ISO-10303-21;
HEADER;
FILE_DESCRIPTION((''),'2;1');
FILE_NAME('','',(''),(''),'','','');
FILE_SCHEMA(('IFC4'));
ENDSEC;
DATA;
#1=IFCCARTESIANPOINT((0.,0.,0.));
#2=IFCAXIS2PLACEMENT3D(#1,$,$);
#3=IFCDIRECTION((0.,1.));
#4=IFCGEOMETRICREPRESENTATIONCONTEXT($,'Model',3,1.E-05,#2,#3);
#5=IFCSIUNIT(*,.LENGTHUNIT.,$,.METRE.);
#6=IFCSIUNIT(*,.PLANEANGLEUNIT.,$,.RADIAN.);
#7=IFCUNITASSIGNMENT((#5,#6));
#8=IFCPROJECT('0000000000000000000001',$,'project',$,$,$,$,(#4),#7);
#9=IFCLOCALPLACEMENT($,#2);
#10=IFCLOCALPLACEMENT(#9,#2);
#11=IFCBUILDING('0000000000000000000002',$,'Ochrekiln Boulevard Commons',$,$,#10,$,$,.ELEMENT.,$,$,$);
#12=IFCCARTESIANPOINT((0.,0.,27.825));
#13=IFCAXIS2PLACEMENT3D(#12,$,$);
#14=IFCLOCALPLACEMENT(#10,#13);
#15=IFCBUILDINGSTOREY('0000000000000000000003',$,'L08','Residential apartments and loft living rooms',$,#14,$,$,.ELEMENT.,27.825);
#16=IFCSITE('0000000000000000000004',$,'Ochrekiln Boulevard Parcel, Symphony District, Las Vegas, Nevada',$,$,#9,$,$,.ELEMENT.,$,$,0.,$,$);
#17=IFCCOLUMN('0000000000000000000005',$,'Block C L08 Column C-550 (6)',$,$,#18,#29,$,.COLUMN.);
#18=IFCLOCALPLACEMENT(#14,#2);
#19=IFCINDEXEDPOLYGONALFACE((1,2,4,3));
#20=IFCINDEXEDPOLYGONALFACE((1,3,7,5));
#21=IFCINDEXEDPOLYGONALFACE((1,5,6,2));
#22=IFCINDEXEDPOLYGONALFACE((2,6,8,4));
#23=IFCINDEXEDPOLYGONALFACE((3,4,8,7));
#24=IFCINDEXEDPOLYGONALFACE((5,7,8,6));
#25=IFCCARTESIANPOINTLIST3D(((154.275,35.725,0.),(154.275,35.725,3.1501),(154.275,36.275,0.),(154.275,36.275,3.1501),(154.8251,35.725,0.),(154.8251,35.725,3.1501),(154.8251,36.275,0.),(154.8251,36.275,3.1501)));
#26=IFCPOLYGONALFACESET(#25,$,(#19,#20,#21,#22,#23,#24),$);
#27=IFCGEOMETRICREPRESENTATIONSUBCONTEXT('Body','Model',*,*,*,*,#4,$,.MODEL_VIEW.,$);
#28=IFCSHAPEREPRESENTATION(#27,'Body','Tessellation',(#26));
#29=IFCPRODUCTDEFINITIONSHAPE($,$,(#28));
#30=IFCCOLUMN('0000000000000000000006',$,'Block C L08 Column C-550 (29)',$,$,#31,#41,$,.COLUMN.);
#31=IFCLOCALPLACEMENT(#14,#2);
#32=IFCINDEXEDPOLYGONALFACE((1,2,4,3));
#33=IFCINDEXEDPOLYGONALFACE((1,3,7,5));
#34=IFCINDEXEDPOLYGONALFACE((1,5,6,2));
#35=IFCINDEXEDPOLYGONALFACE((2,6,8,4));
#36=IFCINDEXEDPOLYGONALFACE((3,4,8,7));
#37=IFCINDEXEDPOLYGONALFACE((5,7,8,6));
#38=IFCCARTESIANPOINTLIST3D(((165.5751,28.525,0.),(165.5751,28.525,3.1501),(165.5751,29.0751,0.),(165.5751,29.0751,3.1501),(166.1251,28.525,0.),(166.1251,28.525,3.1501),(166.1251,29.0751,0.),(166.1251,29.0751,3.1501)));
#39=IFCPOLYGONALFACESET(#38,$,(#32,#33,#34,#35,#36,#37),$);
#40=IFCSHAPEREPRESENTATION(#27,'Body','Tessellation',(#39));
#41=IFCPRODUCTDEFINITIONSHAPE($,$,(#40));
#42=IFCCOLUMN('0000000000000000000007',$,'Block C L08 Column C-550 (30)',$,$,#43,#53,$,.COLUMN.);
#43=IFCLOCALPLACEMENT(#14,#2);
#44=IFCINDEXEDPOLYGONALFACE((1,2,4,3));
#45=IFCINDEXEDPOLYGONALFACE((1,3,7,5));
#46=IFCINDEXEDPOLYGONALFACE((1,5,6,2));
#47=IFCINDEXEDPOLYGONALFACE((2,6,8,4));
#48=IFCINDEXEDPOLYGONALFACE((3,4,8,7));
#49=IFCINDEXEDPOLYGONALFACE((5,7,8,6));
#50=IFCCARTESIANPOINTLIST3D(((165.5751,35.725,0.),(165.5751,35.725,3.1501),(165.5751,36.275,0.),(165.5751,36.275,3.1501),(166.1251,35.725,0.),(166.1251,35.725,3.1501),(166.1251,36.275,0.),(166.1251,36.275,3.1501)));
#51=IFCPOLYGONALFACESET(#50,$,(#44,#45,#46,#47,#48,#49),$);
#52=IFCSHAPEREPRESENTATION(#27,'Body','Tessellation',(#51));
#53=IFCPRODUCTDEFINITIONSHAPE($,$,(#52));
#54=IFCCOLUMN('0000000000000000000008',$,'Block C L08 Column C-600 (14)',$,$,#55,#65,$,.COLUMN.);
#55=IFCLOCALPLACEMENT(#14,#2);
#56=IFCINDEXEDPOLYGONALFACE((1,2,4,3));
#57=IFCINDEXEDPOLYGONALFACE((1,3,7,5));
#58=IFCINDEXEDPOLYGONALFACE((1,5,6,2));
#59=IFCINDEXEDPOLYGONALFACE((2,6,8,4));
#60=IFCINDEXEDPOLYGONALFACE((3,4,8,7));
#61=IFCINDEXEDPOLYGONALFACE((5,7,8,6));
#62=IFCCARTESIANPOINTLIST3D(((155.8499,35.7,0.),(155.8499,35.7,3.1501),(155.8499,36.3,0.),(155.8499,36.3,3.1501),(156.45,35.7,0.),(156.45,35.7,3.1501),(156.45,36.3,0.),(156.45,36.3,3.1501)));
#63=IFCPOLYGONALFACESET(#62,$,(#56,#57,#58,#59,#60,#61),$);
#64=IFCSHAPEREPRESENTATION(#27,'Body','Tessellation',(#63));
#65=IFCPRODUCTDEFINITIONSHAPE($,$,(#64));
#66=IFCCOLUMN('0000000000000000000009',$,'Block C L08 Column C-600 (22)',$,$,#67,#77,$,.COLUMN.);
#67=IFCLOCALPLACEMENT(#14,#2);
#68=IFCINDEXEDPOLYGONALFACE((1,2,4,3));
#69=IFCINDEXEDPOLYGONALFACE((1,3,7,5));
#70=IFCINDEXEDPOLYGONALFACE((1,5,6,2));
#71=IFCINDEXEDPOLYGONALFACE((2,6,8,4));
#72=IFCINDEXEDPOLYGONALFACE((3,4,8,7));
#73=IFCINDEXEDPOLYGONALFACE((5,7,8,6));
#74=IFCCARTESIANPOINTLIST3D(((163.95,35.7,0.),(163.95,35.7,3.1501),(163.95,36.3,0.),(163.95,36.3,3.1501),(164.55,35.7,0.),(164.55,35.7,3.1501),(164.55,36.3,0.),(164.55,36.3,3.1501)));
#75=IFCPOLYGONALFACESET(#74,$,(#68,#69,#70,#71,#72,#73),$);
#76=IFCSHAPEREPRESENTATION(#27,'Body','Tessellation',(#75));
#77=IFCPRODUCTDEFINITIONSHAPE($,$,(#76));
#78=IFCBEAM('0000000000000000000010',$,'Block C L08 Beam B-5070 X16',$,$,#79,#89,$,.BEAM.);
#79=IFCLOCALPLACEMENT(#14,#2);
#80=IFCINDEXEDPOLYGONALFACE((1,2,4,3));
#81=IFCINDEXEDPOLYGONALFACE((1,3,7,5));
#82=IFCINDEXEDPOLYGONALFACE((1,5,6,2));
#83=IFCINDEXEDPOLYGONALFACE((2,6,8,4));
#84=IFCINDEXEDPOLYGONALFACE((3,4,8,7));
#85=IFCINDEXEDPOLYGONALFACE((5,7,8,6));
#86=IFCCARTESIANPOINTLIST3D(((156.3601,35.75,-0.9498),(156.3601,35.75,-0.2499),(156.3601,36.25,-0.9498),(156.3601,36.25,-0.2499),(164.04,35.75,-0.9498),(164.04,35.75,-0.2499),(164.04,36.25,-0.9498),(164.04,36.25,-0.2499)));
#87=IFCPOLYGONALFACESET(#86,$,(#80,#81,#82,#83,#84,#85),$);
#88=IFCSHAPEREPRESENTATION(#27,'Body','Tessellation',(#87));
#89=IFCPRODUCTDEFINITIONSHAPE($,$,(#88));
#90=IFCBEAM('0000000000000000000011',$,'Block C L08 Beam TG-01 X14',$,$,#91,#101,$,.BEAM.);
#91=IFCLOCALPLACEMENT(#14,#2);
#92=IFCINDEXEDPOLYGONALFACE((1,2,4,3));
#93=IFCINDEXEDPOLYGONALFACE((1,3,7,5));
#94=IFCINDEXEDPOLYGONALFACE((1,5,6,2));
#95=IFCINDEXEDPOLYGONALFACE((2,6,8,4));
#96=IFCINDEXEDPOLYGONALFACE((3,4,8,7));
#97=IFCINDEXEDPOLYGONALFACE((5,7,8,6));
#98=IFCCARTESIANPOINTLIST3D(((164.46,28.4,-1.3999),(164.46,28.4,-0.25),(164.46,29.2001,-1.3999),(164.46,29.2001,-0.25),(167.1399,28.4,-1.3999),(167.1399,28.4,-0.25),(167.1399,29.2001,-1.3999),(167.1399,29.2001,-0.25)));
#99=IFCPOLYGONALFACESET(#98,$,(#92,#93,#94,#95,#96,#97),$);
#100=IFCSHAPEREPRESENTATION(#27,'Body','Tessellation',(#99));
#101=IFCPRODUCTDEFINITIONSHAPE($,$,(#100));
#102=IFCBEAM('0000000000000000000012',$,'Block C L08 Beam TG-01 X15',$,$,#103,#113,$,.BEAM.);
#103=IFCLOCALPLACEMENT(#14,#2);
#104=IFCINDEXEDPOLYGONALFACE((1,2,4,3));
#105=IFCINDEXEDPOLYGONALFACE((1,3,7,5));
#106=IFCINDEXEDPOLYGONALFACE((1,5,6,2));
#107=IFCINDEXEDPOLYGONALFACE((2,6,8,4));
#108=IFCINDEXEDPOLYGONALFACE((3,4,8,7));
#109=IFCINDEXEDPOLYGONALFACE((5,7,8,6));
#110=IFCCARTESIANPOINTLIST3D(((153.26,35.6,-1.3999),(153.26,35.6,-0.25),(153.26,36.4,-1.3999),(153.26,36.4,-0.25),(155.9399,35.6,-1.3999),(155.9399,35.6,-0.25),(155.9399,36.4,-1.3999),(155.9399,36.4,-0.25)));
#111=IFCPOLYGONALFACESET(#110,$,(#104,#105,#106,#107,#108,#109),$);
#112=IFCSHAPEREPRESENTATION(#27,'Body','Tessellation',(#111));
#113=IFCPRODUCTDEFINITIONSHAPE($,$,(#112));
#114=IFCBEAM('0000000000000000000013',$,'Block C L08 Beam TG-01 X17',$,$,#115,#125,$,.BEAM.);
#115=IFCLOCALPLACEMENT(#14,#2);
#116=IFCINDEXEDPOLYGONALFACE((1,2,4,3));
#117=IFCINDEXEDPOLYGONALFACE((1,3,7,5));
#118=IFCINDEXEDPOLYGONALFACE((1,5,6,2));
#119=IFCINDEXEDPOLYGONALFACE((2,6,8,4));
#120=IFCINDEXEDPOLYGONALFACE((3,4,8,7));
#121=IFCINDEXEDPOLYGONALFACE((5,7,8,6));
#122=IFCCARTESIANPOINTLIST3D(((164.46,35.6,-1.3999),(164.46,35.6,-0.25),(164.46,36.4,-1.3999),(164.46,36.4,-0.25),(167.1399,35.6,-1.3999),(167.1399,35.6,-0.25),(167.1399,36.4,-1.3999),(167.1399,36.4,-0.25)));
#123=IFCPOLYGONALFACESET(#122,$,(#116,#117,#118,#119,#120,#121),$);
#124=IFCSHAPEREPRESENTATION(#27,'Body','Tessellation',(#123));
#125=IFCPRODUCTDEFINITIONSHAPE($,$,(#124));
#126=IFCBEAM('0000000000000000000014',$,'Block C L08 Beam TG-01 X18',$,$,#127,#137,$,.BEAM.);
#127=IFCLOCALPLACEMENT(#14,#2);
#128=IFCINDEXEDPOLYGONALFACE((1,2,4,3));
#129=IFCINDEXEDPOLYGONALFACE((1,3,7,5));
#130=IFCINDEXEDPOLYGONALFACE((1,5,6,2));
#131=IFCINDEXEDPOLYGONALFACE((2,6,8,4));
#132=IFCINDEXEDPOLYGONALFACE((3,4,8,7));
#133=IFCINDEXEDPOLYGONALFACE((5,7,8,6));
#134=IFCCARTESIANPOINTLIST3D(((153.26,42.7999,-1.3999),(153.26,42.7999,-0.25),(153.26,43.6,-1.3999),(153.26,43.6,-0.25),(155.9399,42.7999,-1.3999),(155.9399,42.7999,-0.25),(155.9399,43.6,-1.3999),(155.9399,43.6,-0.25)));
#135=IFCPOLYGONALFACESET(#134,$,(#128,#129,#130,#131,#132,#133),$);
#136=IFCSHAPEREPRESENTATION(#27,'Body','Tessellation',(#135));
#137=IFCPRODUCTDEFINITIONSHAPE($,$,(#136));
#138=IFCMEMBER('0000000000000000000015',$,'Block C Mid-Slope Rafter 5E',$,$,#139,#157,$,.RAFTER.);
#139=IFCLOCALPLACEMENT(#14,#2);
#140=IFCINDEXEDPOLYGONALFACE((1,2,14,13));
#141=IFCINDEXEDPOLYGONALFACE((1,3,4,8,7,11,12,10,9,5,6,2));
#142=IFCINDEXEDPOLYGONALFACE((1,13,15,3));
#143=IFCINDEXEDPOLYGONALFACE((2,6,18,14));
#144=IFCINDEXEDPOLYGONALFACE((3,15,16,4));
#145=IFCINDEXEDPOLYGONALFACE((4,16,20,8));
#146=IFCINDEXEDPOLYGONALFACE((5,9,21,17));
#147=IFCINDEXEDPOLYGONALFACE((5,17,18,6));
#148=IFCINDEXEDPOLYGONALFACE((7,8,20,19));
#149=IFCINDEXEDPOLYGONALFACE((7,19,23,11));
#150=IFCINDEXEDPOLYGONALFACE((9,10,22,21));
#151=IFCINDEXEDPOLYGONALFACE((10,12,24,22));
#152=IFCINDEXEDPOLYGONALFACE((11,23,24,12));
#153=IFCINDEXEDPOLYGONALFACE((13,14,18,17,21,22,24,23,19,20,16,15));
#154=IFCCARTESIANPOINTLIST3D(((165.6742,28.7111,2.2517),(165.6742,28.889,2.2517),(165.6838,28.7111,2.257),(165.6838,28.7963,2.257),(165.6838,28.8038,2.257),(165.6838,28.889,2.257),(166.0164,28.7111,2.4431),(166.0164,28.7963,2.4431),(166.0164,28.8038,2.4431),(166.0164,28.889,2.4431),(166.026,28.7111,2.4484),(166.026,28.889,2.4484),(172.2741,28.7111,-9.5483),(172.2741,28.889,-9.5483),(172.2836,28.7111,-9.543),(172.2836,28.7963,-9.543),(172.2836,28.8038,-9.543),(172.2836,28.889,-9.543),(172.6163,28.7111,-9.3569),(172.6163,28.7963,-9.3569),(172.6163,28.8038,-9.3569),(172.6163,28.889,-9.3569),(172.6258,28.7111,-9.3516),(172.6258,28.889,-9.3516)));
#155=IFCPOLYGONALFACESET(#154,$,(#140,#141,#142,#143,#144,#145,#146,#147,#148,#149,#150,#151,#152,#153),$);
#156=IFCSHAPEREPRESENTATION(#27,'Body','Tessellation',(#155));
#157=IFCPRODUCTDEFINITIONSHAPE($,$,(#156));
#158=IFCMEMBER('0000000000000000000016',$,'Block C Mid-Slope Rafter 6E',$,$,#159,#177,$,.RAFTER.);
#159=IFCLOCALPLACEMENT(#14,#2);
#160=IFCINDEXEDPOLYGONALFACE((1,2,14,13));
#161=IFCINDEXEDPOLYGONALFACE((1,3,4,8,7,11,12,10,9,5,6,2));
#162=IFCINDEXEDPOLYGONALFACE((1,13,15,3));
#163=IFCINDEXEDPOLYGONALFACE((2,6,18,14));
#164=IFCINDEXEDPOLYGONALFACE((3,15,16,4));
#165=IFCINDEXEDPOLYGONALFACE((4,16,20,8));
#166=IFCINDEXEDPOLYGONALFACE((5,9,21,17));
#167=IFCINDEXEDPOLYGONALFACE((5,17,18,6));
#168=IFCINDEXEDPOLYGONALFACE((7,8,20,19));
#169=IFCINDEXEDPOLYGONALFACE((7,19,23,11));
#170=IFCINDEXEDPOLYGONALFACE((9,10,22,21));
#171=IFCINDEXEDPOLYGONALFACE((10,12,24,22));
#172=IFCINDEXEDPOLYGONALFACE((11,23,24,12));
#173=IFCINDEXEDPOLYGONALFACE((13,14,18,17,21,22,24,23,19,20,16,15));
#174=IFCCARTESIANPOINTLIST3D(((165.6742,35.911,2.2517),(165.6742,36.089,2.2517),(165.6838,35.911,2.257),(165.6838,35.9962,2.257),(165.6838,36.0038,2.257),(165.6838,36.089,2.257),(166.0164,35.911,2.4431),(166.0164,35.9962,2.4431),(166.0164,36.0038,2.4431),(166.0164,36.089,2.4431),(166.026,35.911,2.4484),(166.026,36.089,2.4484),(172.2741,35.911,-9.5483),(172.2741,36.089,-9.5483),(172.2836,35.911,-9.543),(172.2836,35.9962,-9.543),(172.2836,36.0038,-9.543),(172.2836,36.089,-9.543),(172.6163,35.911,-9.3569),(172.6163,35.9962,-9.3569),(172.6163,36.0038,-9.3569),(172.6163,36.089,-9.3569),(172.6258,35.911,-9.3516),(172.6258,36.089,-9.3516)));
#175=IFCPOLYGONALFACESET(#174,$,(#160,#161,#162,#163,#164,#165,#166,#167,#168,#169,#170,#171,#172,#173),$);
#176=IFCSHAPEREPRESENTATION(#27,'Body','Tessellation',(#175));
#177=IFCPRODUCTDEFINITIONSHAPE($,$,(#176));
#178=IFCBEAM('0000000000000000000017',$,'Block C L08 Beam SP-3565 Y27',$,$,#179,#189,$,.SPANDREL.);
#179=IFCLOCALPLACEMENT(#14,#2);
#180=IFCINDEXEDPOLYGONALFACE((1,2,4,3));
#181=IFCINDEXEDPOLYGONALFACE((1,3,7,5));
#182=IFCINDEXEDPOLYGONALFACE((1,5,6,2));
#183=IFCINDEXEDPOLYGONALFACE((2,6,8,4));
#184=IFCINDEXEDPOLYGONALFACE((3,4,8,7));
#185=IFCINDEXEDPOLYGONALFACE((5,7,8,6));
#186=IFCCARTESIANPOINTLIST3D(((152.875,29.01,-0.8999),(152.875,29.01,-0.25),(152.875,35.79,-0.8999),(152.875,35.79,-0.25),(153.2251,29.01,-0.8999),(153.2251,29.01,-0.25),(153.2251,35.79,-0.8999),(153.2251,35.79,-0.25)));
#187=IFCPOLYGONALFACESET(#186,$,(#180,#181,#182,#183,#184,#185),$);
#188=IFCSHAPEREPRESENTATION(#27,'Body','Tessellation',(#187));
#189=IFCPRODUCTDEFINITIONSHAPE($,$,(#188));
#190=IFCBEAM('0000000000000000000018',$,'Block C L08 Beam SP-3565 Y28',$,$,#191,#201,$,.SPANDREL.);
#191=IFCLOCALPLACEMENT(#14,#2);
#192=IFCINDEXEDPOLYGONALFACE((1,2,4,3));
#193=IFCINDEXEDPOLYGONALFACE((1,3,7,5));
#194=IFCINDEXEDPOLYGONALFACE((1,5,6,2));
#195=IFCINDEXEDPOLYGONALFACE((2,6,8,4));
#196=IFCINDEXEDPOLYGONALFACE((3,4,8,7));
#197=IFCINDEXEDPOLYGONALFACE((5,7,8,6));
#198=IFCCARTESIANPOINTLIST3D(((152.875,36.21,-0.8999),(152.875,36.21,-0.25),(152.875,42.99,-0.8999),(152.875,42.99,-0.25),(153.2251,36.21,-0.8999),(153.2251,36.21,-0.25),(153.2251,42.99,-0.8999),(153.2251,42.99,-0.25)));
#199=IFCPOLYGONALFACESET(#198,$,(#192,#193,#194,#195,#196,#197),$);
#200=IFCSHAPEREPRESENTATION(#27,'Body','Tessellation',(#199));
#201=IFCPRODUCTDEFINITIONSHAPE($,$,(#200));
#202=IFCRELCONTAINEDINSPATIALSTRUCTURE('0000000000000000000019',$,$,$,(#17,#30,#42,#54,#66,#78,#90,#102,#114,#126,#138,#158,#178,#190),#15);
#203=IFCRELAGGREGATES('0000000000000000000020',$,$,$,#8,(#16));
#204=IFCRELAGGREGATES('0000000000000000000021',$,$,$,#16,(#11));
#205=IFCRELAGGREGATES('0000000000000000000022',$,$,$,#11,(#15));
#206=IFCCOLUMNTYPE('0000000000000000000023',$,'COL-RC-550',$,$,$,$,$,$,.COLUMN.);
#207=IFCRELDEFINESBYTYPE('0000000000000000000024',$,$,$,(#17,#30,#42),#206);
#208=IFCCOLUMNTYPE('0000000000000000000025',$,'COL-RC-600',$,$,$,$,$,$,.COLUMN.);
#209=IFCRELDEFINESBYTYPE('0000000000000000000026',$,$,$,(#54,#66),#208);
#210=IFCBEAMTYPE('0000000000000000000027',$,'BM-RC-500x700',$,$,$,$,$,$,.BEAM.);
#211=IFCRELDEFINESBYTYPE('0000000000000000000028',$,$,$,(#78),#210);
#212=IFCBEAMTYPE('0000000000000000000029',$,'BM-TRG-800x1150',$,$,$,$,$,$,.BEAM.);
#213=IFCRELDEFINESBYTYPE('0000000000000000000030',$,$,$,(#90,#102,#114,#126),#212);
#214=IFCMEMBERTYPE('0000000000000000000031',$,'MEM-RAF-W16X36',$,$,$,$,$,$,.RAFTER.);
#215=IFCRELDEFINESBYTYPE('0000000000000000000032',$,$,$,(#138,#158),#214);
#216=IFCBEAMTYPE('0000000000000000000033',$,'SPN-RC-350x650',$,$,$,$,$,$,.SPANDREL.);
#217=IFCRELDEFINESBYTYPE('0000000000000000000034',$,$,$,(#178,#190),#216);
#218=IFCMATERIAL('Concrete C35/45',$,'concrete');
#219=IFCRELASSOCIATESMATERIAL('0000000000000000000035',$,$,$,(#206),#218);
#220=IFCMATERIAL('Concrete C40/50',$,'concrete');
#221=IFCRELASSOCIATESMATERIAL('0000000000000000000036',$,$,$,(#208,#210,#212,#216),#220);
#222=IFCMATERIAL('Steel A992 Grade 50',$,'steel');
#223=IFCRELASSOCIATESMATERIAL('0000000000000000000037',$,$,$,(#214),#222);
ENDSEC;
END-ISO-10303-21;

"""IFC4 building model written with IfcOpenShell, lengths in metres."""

from ifc_helpers import new_model, si_unit, direction, frame, origin, origin_2d, place, context, subcontext, project, spatial, rectangle, i_section, extrude, material, material_profile, profile_set, type_object, element, save


model = new_model("IFC4")

# Units and contexts
model_context = context("Model", 3, precision=1e-05, world=origin(), true_north=direction((0.0, 1.0)))
body_context = subcontext(model_context, "Body", "Model", "MODEL_VIEW")
ifc_project = project(units=[si_unit("LENGTHUNIT", "METRE"), si_unit("PLANEANGLEUNIT", "RADIAN")], contexts=[model_context])

# Site, building, storey
site_placement = place(None, origin())
site = spatial("IfcSite", under=ifc_project, at=site_placement, Name="Ochrekiln Boulevard Parcel, Symphony District, Las Vegas, Nevada", CompositionType="ELEMENT", RefElevation=0.0)
building_placement = place(site_placement, origin())
building = spatial("IfcBuilding", under=site, at=building_placement, Name="Ochrekiln Boulevard Commons", CompositionType="ELEMENT")
storey_placement = place(building_placement, frame((0.0, 0.0, 27.825)))
storey = spatial("IfcBuildingStorey", under=building, at=storey_placement, Name="L08", Description="Residential apartments and loft living rooms", CompositionType="ELEMENT", Elevation=27.825)

# Columns
ifc_material_1 = material(Name="Concrete C35/45", Category="concrete")
ifc_material_profile_1 = material_profile(ifc_material_1, rectangle(XDim=0.55, YDim=0.55, at=origin_2d()), Name="RC-COL-550x550")
ifc_profile_set_1 = profile_set([ifc_material_profile_1], Name="Concrete C35/45")
column_type_1 = type_object("IfcColumnType", Name="COL-RC-550", PredefinedType="COLUMN", material=ifc_profile_set_1)
for number, where, z_axis, x_axis, name in (
    (1, (154.55, 36.0, 0.0), (0.0, 0.0, 1.0), (1.0, 0.0, 0.0), "Block C L08 Column C-550 (6)"),
    (2, (165.8501, 28.8, 0.0), (0.0, 0.0, 1.0), (1.0, 0.0, 0.0), "Block C L08 Column C-550 (29)"),
    (3, (165.8501, 36.0, 0.0), (0.0, 0.0, 1.0), (1.0, 0.0, 0.0), "Block C L08 Column C-550 (30)"),
):
    element("IfcColumn", number, at=place(storey_placement, frame(where, z_axis=z_axis, x_axis=x_axis)), inside=storey, type_object=column_type_1, Name=name, PredefinedType="COLUMN", context=body_context, shape_type="SweptSolid", body=[
        extrude(rectangle(XDim=0.55, YDim=0.55, at=origin_2d()), origin(), (0.0, 0.0, 1.0), 3.1501),
    ])
ifc_material_2 = material(Name="Concrete C40/50", Category="concrete")
ifc_material_profile_2 = material_profile(ifc_material_2, rectangle(XDim=0.6001, YDim=0.6001, at=origin_2d()), Name="RC-COL-600x600")
ifc_profile_set_2 = profile_set([ifc_material_profile_2], Name="Concrete C40/50")
column_type_2 = type_object("IfcColumnType", Name="COL-RC-600", PredefinedType="COLUMN", material=ifc_profile_set_2)
for number, where, z_axis, x_axis, name in (
    (4, (156.1499, 36.0, 0.0), (0.0, 0.0, 1.0), (1.0, 0.0, 0.0), "Block C L08 Column C-600 (14)"),
    (5, (164.25, 36.0, 0.0), (0.0, 0.0, 1.0), (1.0, 0.0, 0.0), "Block C L08 Column C-600 (22)"),
):
    element("IfcColumn", number, at=place(storey_placement, frame(where, z_axis=z_axis, x_axis=x_axis)), inside=storey, type_object=column_type_2, Name=name, PredefinedType="COLUMN", context=body_context, shape_type="SweptSolid", body=[
        extrude(rectangle(XDim=0.6001, YDim=0.6001, at=origin_2d()), origin(), (0.0, 0.0, 1.0), 3.1501),
    ])

# Beams
ifc_material_profile_3 = material_profile(ifc_material_2, rectangle(XDim=0.5, YDim=0.7, at=origin_2d()), Name="RC-BM-500x700")
ifc_profile_set_3 = profile_set([ifc_material_profile_3], Name="Concrete C40/50")
beam_type_1 = type_object("IfcBeamType", Name="BM-RC-500x700", PredefinedType="BEAM", material=ifc_profile_set_3)
beam_placement = place(storey_placement, frame((156.3601, 36.0, -0.5999), z_axis=(1.0, 0.0, 0.0), x_axis=(0.0, 1.0, 0.0)))
element("IfcBeam", 6, at=beam_placement, inside=storey, type_object=beam_type_1, Name="Block C L08 Beam B-5070 X16", PredefinedType="BEAM", context=body_context, shape_type="SweptSolid", body=[
    extrude(rectangle(XDim=0.5, YDim=0.7, at=origin_2d()), origin(), (0.0, 0.0, 1.0), 7.6799),
])
ifc_material_profile_4 = material_profile(ifc_material_2, rectangle(XDim=0.8, YDim=1.1499, at=origin_2d()), Name="RC-TRG-800x1150")
ifc_profile_set_4 = profile_set([ifc_material_profile_4], Name="Concrete C40/50")
beam_type_2 = type_object("IfcBeamType", Name="BM-TRG-800x1150", PredefinedType="BEAM", material=ifc_profile_set_4)
for number, where, z_axis, x_axis, name in (
    (7, (164.46, 28.8, -0.825), (1.0, 0.0, 0.0), (0.0, 1.0, 0.0), "Block C L08 Beam TG-01 X14"),
    (8, (153.26, 36.0, -0.825), (1.0, 0.0, 0.0), (0.0, 1.0, 0.0), "Block C L08 Beam TG-01 X15"),
    (9, (164.46, 36.0, -0.825), (1.0, 0.0, 0.0), (0.0, 1.0, 0.0), "Block C L08 Beam TG-01 X17"),
    (10, (153.26, 43.2, -0.825), (1.0, 0.0, 0.0), (0.0, 1.0, 0.0), "Block C L08 Beam TG-01 X18"),
):
    element("IfcBeam", number, at=place(storey_placement, frame(where, z_axis=z_axis, x_axis=x_axis)), inside=storey, type_object=beam_type_2, Name=name, PredefinedType="BEAM", context=body_context, shape_type="SweptSolid", body=[
        extrude(rectangle(XDim=0.8, YDim=1.1499, at=origin_2d()), origin(), (0.0, 0.0, 1.0), 2.6799),
    ])

# Members
ifc_material_3 = material(Name="Steel A992 Grade 50", Category="steel")
ifc_material_profile_5 = material_profile(ifc_material_3, i_section(OverallWidth=0.178, OverallDepth=0.4031, WebThickness=0.0076, FlangeThickness=0.011, at=origin_2d()), Name="W16X36")
ifc_profile_set_5 = profile_set([ifc_material_profile_5], Name="Steel A992 Grade 50")
member_type = type_object("IfcMemberType", Name="MEM-RAF-W16X36", PredefinedType="RAFTER", material=ifc_profile_set_5)
for number, where, z_axis, x_axis, name in (
    (11, (172.45, 28.8, -9.45), (-0.488143, 0.0, 0.872764), (0.0, -1.0, 0.0), "Block C Mid-Slope Rafter 5E"),
    (12, (172.45, 36.0, -9.45), (-0.488143, 0.0, 0.872764), (0.0, -1.0, 0.0), "Block C Mid-Slope Rafter 6E"),
):
    element("IfcMember", number, at=place(storey_placement, frame(where, z_axis=z_axis, x_axis=x_axis)), inside=storey, type_object=member_type, Name=name, PredefinedType="RAFTER", context=body_context, shape_type="SweptSolid", body=[
        extrude(i_section(OverallWidth=0.178, OverallDepth=0.4031, WebThickness=0.0076, FlangeThickness=0.011, at=origin_2d()), origin(), (0.0, 0.0, 1.0), 13.5203),
    ])

# Beams
ifc_material_profile_6 = material_profile(ifc_material_2, rectangle(XDim=0.3501, YDim=0.6499, at=origin_2d()), Name="RC-SPN-350x650")
ifc_profile_set_6 = profile_set([ifc_material_profile_6], Name="Concrete C40/50")
beam_type_3 = type_object("IfcBeamType", Name="SPN-RC-350x650", PredefinedType="SPANDREL", material=ifc_profile_set_6)
for number, where, z_axis, x_axis, name in (
    (13, (153.05, 29.01, -0.575), (0.0, 1.0, 0.0), (-1.0, 0.0, 0.0), "Block C L08 Beam SP-3565 Y27"),
    (14, (153.05, 36.21, -0.575), (0.0, 1.0, 0.0), (-1.0, 0.0, 0.0), "Block C L08 Beam SP-3565 Y28"),
):
    element("IfcBeam", number, at=place(storey_placement, frame(where, z_axis=z_axis, x_axis=x_axis)), inside=storey, type_object=beam_type_3, Name=name, PredefinedType="SPANDREL", context=body_context, shape_type="SweptSolid", body=[
        extrude(rectangle(XDim=0.3501, YDim=0.6499, at=origin_2d()), origin(), (0.0, 0.0, 1.0), 6.78),
    ])

save(model, "model.ifc")
